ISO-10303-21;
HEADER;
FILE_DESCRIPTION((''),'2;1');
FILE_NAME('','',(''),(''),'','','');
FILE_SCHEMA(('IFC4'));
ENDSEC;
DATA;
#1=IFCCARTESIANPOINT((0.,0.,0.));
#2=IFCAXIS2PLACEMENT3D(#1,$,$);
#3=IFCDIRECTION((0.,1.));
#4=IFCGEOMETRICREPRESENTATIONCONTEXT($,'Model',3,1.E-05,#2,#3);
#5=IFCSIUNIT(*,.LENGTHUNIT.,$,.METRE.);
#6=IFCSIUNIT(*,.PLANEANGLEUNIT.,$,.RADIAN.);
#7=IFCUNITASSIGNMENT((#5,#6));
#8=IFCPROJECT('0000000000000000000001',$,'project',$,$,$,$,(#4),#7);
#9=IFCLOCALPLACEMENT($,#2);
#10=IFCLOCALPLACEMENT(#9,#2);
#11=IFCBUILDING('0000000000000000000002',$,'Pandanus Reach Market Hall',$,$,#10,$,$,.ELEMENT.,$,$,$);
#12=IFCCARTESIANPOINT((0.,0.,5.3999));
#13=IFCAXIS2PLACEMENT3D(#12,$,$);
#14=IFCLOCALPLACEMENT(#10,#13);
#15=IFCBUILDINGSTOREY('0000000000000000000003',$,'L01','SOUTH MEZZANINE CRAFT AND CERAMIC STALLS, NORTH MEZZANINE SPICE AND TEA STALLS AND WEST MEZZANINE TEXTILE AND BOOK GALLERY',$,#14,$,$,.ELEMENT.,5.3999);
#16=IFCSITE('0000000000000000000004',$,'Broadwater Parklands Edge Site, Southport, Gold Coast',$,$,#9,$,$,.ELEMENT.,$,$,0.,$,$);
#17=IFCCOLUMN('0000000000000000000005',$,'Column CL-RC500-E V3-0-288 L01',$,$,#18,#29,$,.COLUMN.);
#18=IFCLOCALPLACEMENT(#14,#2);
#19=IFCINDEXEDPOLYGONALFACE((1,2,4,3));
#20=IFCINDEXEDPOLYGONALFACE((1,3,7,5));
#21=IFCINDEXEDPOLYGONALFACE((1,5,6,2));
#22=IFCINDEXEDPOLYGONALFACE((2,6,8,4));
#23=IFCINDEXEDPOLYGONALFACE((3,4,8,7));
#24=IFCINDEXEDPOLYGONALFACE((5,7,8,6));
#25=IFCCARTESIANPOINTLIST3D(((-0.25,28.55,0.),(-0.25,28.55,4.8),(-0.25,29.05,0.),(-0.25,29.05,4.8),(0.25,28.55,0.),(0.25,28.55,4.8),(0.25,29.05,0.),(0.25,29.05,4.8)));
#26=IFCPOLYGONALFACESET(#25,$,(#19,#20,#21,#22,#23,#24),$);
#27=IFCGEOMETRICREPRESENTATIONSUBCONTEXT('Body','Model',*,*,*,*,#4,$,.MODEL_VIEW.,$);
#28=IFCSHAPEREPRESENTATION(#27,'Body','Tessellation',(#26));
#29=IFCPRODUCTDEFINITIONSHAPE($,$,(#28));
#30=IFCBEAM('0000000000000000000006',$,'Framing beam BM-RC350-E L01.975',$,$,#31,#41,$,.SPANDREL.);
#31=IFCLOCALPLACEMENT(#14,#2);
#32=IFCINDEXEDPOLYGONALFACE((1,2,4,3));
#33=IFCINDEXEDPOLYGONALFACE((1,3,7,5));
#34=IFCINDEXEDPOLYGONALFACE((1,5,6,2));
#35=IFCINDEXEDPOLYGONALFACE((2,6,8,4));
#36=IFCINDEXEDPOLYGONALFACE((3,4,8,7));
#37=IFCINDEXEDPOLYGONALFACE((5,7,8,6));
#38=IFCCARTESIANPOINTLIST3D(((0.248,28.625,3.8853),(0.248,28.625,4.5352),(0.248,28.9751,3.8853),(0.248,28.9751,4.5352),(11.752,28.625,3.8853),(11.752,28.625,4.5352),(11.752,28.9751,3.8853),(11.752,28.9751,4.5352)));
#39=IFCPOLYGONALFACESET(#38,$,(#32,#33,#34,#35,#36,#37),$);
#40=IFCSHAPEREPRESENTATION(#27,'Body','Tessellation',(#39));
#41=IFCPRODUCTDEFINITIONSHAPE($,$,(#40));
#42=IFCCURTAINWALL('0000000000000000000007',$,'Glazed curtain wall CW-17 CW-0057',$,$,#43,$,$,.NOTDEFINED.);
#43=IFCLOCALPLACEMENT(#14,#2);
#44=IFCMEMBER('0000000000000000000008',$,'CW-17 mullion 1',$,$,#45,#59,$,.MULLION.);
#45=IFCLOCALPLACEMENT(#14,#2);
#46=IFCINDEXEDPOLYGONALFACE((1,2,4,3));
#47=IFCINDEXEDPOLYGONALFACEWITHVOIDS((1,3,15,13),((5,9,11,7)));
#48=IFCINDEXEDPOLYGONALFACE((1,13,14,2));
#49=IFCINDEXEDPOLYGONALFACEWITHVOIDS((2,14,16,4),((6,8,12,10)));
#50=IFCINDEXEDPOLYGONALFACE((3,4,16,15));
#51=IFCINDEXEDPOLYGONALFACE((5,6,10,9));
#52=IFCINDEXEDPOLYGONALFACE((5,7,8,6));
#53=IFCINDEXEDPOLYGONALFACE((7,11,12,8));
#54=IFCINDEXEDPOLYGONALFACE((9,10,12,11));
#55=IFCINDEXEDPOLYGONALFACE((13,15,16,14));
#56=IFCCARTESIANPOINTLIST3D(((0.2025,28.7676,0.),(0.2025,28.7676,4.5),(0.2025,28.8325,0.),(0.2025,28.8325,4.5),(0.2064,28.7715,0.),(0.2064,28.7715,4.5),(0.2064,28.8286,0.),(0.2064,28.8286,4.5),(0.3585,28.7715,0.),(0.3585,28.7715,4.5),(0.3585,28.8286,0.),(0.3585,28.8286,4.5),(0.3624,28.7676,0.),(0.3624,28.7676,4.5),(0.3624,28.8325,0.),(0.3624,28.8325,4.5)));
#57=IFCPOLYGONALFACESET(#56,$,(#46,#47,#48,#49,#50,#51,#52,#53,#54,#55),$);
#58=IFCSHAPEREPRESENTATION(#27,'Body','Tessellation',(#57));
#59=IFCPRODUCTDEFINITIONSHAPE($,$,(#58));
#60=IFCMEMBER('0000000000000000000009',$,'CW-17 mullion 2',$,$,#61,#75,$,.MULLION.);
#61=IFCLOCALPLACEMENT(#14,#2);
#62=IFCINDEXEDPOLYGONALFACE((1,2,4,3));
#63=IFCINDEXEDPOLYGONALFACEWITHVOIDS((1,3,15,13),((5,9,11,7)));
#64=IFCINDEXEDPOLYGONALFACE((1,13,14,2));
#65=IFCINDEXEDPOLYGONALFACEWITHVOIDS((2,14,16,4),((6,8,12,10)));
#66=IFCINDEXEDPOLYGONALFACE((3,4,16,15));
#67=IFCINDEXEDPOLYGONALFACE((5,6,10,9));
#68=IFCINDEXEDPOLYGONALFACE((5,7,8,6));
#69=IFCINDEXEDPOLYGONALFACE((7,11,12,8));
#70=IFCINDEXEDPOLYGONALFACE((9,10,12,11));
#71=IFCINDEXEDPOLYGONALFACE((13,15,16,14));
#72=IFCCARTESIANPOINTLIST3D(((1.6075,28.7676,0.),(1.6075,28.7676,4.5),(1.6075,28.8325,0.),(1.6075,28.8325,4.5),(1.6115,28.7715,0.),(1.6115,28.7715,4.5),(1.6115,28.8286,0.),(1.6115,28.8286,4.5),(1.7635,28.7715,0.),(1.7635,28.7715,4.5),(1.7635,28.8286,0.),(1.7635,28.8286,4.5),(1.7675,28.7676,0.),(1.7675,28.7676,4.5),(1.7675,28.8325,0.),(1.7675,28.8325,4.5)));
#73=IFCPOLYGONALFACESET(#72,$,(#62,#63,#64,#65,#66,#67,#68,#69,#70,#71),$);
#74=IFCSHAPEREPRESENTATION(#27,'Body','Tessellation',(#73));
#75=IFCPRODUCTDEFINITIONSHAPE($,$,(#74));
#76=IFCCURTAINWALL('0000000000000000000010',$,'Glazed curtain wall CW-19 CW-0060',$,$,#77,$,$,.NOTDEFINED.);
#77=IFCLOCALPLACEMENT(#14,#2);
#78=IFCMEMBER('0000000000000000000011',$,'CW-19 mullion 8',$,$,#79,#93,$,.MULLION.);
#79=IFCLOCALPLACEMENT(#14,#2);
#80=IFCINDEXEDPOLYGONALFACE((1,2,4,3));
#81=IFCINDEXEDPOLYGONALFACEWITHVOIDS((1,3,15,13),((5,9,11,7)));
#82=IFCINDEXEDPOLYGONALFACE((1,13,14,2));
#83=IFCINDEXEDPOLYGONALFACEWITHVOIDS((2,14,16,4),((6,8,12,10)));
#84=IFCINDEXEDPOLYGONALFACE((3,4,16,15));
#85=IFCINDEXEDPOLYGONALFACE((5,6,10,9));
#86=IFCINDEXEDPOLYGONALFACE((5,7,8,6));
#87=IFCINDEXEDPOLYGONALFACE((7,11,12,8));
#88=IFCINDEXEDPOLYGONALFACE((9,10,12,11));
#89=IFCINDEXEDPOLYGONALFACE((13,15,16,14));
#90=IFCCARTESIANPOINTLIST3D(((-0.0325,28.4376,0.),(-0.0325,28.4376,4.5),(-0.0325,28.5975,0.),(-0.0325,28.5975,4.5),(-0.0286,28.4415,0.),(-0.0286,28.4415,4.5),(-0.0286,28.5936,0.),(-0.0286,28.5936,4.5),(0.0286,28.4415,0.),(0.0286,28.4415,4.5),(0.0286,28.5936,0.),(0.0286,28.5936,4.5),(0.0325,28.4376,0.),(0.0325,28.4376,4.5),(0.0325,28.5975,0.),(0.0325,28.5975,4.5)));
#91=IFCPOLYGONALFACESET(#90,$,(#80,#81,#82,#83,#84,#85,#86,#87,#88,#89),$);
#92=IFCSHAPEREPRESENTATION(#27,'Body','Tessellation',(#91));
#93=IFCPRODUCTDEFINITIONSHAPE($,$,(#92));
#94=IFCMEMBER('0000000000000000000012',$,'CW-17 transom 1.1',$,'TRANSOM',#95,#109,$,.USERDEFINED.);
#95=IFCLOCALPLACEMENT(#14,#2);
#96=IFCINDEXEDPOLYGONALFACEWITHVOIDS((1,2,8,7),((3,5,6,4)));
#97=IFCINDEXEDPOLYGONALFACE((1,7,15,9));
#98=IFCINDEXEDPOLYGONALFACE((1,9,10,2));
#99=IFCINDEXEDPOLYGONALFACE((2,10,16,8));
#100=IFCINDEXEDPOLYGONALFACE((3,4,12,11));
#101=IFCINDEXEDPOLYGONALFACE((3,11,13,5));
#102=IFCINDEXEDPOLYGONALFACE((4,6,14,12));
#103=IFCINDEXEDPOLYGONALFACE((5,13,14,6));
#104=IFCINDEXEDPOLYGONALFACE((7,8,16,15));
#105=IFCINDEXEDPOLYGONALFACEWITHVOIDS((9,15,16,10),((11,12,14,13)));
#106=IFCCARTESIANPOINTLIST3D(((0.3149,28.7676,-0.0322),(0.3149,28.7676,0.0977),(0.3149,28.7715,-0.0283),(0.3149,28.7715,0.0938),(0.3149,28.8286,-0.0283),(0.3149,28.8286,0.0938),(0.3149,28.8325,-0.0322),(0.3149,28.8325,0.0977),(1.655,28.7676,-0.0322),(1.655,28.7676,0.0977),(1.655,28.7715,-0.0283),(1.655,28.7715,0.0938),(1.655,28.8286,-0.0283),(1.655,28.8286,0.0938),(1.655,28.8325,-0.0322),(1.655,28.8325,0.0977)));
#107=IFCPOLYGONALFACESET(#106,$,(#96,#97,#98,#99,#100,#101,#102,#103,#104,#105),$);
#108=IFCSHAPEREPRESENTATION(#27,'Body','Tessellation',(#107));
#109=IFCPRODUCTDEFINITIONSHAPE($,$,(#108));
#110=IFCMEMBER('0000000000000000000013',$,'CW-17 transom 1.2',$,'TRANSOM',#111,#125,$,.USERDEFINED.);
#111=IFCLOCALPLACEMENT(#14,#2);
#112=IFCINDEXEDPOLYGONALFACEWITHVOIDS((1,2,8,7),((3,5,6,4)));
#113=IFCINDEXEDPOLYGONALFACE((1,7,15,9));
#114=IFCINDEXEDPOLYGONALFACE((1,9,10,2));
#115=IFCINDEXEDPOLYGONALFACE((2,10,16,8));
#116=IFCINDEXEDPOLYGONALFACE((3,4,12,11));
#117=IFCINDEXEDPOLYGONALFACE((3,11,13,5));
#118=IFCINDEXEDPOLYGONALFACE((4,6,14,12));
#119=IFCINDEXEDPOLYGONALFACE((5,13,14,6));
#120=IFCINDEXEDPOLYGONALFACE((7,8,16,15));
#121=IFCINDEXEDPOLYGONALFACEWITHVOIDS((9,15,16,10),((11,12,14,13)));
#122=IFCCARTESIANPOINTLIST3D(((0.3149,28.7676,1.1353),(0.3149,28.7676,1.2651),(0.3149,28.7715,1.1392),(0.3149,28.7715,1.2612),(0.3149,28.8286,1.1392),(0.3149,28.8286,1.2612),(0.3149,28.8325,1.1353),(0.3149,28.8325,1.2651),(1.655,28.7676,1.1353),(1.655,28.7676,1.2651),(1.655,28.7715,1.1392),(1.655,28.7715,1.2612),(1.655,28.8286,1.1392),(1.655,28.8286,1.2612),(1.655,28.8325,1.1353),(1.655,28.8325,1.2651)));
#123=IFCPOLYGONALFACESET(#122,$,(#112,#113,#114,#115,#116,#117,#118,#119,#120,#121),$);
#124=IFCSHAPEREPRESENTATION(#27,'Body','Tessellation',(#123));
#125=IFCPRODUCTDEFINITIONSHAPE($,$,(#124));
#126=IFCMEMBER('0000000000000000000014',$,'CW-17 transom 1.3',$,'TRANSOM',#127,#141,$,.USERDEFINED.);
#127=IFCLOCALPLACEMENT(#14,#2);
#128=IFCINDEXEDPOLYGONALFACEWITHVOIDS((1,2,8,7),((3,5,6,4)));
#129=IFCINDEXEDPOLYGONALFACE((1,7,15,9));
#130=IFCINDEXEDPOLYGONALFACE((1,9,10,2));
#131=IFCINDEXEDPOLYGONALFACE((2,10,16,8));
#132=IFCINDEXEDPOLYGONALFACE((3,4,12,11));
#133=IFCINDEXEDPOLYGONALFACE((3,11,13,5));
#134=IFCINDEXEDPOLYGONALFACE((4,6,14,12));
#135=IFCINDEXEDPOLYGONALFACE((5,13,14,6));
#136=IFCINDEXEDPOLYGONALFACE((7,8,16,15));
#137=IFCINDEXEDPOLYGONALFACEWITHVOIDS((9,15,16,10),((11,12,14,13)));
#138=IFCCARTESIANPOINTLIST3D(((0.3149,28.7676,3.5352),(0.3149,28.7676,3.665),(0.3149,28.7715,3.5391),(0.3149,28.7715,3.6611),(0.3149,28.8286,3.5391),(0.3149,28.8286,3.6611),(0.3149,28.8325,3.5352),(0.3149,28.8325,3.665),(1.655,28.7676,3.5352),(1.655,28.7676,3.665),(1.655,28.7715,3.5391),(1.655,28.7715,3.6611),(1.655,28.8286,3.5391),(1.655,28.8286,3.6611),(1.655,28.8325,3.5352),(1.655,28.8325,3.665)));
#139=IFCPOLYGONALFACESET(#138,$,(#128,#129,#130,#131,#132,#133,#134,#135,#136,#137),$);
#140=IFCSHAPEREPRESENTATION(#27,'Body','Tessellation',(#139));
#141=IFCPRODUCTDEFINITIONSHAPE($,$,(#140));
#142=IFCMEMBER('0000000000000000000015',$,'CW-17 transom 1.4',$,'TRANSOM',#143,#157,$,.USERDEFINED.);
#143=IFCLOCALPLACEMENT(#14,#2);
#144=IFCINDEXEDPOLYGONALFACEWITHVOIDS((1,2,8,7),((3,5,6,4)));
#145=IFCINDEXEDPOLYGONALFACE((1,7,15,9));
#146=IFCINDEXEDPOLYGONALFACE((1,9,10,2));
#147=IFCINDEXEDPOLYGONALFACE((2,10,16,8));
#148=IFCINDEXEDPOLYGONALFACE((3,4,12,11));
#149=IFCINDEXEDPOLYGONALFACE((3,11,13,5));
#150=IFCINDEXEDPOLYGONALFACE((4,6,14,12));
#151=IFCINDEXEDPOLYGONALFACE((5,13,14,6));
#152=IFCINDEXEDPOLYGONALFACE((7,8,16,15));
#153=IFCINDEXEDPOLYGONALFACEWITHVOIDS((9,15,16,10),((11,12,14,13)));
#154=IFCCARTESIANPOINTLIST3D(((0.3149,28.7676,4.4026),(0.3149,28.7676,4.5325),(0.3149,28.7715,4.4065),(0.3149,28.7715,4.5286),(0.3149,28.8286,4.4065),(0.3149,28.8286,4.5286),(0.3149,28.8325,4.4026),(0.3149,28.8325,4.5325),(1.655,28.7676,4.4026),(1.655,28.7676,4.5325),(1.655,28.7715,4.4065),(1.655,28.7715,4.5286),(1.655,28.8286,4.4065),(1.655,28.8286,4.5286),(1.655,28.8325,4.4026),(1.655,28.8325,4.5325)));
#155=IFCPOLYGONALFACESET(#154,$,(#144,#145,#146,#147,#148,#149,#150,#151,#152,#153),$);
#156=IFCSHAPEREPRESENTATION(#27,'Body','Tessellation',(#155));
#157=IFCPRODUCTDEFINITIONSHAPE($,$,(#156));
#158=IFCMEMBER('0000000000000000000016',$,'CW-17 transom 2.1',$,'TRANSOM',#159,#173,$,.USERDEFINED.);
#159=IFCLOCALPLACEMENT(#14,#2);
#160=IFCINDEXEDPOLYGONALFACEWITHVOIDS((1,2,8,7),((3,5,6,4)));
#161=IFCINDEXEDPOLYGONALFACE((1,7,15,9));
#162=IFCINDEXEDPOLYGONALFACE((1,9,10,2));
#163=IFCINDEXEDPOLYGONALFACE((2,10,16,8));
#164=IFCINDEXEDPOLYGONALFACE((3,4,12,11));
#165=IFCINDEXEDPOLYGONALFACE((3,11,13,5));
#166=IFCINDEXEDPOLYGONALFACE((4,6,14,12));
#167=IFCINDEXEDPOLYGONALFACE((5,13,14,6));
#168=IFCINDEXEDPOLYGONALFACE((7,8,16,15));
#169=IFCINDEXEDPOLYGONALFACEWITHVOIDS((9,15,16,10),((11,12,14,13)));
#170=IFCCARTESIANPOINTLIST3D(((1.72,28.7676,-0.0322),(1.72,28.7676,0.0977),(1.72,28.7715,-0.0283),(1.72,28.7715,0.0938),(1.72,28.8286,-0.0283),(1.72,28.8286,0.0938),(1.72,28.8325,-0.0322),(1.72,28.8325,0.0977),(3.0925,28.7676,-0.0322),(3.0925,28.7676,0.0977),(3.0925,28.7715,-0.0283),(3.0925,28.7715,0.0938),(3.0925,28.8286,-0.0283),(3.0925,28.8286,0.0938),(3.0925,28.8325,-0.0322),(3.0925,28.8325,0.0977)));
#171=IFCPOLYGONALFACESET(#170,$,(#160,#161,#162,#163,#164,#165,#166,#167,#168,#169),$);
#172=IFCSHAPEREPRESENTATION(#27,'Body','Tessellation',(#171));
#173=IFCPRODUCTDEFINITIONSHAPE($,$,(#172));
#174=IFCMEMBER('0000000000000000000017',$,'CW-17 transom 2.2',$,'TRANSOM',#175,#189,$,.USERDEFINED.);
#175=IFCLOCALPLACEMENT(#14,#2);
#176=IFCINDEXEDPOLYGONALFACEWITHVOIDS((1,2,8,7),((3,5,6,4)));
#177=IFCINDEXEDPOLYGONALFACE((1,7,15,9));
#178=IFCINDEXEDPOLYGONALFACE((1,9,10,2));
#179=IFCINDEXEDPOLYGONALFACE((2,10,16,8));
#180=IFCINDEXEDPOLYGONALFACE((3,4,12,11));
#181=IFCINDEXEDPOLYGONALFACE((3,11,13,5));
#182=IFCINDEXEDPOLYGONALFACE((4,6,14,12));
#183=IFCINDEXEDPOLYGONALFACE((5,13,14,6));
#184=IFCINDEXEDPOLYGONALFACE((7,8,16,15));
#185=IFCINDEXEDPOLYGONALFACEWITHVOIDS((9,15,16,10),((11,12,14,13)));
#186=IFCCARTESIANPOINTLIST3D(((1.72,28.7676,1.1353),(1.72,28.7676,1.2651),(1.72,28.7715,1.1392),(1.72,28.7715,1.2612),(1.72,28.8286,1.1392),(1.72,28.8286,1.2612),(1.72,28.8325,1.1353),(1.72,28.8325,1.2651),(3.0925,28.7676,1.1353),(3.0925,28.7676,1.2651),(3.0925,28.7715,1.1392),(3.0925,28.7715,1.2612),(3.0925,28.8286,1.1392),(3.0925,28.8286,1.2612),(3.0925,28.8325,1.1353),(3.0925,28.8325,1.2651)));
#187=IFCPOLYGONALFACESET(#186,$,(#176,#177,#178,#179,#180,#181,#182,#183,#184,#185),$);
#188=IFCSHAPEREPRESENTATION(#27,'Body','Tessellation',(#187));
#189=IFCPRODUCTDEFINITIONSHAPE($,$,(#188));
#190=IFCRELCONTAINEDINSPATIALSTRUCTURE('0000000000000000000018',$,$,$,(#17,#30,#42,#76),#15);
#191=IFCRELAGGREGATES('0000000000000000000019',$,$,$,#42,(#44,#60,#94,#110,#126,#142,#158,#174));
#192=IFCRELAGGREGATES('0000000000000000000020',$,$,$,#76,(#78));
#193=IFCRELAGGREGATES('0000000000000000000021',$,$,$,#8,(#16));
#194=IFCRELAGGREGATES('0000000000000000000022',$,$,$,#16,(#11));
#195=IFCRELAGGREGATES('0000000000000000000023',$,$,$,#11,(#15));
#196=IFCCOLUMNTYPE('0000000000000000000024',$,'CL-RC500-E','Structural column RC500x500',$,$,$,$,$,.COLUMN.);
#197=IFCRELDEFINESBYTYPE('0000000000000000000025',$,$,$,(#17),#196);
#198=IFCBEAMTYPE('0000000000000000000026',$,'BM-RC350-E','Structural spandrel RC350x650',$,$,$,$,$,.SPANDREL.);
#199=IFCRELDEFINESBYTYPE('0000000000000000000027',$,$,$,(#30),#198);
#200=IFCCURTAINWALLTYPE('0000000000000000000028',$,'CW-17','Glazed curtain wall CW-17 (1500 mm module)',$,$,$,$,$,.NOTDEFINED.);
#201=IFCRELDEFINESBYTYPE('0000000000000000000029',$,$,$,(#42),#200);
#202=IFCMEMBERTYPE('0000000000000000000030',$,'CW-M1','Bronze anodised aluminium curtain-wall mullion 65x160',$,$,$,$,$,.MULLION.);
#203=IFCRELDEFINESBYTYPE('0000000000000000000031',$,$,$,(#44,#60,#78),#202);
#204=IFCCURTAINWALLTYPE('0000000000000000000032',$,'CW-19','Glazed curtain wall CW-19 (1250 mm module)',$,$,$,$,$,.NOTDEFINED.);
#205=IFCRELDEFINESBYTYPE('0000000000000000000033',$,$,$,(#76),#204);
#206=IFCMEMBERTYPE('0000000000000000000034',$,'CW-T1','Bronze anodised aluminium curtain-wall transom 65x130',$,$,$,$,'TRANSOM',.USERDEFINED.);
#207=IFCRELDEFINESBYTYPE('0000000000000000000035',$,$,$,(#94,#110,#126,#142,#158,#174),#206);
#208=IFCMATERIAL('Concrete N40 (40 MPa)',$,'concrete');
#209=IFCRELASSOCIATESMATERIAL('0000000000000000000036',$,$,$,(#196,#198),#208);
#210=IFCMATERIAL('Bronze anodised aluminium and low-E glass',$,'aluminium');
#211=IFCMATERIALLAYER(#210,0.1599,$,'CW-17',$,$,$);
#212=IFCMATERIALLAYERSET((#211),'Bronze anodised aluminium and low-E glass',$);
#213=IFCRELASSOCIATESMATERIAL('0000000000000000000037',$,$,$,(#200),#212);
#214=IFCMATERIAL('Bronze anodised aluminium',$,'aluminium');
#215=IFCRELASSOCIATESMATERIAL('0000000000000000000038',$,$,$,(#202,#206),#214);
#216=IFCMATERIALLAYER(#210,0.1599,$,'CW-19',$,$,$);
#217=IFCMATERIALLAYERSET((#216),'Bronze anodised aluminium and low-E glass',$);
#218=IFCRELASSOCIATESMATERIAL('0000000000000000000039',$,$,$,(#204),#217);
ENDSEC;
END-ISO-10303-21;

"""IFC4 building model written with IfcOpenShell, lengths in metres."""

from ifc_helpers import new_model, si_unit, direction, frame, origin, origin_2d, place, context, subcontext, project, spatial, rectangle, hollow_rectangle, extrude, material, layer, layer_set, material_profile, profile_set, type_object, element, aggregate, save


model = new_model("IFC4")

# Units and contexts
model_context = context("Model", 3, precision=1e-05, world=origin(), true_north=direction((0.0, 1.0)))
body_context = subcontext(model_context, "Body", "Model", "MODEL_VIEW")
ifc_project = project(units=[si_unit("LENGTHUNIT", "METRE"), si_unit("PLANEANGLEUNIT", "RADIAN")], contexts=[model_context])

# Site, building, storey
site_placement = place(None, origin())
site = spatial("IfcSite", under=ifc_project, at=site_placement, Name="Broadwater Parklands Edge Site, Southport, Gold Coast", CompositionType="ELEMENT", RefElevation=0.0)
building_placement = place(site_placement, origin())
building = spatial("IfcBuilding", under=site, at=building_placement, Name="Pandanus Reach Market Hall", CompositionType="ELEMENT")
storey_placement = place(building_placement, frame((0.0, 0.0, 5.3999)))
storey = spatial("IfcBuildingStorey", under=building, at=storey_placement, Name="L01", Description="SOUTH MEZZANINE CRAFT AND CERAMIC STALLS, NORTH MEZZANINE SPICE AND TEA STALLS AND WEST MEZZANINE TEXTILE AND BOOK GALLERY", CompositionType="ELEMENT", Elevation=5.3999)

# Column
ifc_material_1 = material(Name="Concrete N40 (40 MPa)", Category="concrete")
ifc_material_profile_1 = material_profile(ifc_material_1, rectangle(XDim=0.5, YDim=0.5, at=origin_2d()), Name="RC500x500", Category="LoadBearing")
ifc_profile_set_1 = profile_set([ifc_material_profile_1], Name="Concrete N40 (40 MPa)")
column_type = type_object("IfcColumnType", Name="CL-RC500-E", Description="Structural column RC500x500", PredefinedType="COLUMN", material=ifc_profile_set_1)
column_placement = place(storey_placement, frame((0.0, 28.8, 0.0), z_axis=(0.0, 0.0, 1.0), x_axis=(1.0, 0.0, 0.0)))
element("IfcColumn", 1, at=column_placement, inside=storey, type_object=column_type, Name="Column CL-RC500-E V3-0-288 L01", PredefinedType="COLUMN", context=body_context, shape_type="SweptSolid", body=[
    extrude(rectangle(XDim=0.5, YDim=0.5, at=origin_2d()), origin(), (0.0, 0.0, 1.0), 4.8),
])

# Beam
ifc_material_profile_2 = material_profile(ifc_material_1, rectangle(XDim=0.3501, YDim=0.6499, at=origin_2d()), Name="RC350x650", Category="LoadBearing")
ifc_profile_set_2 = profile_set([ifc_material_profile_2], Name="Concrete N40 (40 MPa)")
beam_type = type_object("IfcBeamType", Name="BM-RC350-E", Description="Structural spandrel RC350x650", PredefinedType="SPANDREL", material=ifc_profile_set_2)
beam_placement = place(storey_placement, frame((0.248, 28.8, 4.2102), z_axis=(1.0, 0.0, 0.0), x_axis=(0.0, 1.0, 0.0)))
element("IfcBeam", 2, at=beam_placement, inside=storey, type_object=beam_type, Name="Framing beam BM-RC350-E L01.975", PredefinedType="SPANDREL", context=body_context, shape_type="SweptSolid", body=[
    extrude(rectangle(XDim=0.3501, YDim=0.6499, at=origin_2d()), origin(), (0.0, 0.0, 1.0), 11.5039),
])

# Curtain wall, members
ifc_material_2 = material(Name="Bronze anodised aluminium and low-E glass", Category="aluminium")
ifc_layer_1 = layer(ifc_material_2, 0.1599, Name="CW-17")
ifc_layer_set_1 = layer_set([ifc_layer_1], Name="Bronze anodised aluminium and low-E glass")
curtain_wall_type_1 = type_object("IfcCurtainWallType", Name="CW-17", Description="Glazed curtain wall CW-17 (1500 mm module)", PredefinedType="NOTDEFINED", material=ifc_layer_set_1)
curtain_wall_1_placement = place(storey_placement, origin())
curtain_wall_1 = element("IfcCurtainWall", 3, at=curtain_wall_1_placement, inside=storey, type_object=curtain_wall_type_1, Name="Glazed curtain wall CW-17 CW-0057", PredefinedType="NOTDEFINED")
ifc_material_3 = material(Name="Bronze anodised aluminium", Category="aluminium")
ifc_material_profile_3 = material_profile(ifc_material_3, hollow_rectangle(XDim=0.0649, YDim=0.1599, WallThickness=0.0039, at=origin_2d()), Name="ALU65x160", Category="LoadBearing")
ifc_profile_set_3 = profile_set([ifc_material_profile_3], Name="Bronze anodised aluminium")
member_type_1 = type_object("IfcMemberType", Name="CW-M1", Description="Bronze anodised aluminium curtain-wall mullion 65x160", PredefinedType="MULLION", material=ifc_profile_set_3)
member_1_placement = place(storey_placement, frame((0.2825, 28.8, 0.0), z_axis=(0.0, 0.0, 1.0), x_axis=(0.0, 1.0, 0.0)))
member_1 = element("IfcMember", 4, at=member_1_placement, type_object=member_type_1, Name="CW-17 mullion 1", PredefinedType="MULLION", context=body_context, shape_type="SweptSolid", body=[
    extrude(hollow_rectangle(XDim=0.0649, YDim=0.1599, WallThickness=0.0039, at=origin_2d()), origin(), (0.0, 0.0, 1.0), 4.5),
])
member_2_placement = place(storey_placement, frame((1.6875, 28.8, 0.0), z_axis=(0.0, 0.0, 1.0), x_axis=(0.0, 1.0, 0.0)))
member_2 = element("IfcMember", 5, at=member_2_placement, type_object=member_type_1, Name="CW-17 mullion 2", PredefinedType="MULLION", context=body_context, shape_type="SweptSolid", body=[
    extrude(hollow_rectangle(XDim=0.0649, YDim=0.1599, WallThickness=0.0039, at=origin_2d()), origin(), (0.0, 0.0, 1.0), 4.5),
])

# Curtain wall, member
ifc_layer_2 = layer(ifc_material_2, 0.1599, Name="CW-19")
ifc_layer_set_2 = layer_set([ifc_layer_2], Name="Bronze anodised aluminium and low-E glass")
curtain_wall_type_2 = type_object("IfcCurtainWallType", Name="CW-19", Description="Glazed curtain wall CW-19 (1250 mm module)", PredefinedType="NOTDEFINED", material=ifc_layer_set_2)
curtain_wall_2_placement = place(storey_placement, origin())
curtain_wall_2 = element("IfcCurtainWall", 6, at=curtain_wall_2_placement, inside=storey, type_object=curtain_wall_type_2, Name="Glazed curtain wall CW-19 CW-0060", PredefinedType="NOTDEFINED")
member_3_placement = place(storey_placement, frame((0.0, 28.5176, 0.0), z_axis=(0.0, 0.0, 1.0), x_axis=(-1.0, 0.0, 0.0)))
member_3 = element("IfcMember", 7, at=member_3_placement, type_object=member_type_1, Name="CW-19 mullion 8", PredefinedType="MULLION", context=body_context, shape_type="SweptSolid", body=[
    extrude(hollow_rectangle(XDim=0.0649, YDim=0.1599, WallThickness=0.0039, at=origin_2d()), origin(), (0.0, 0.0, 1.0), 4.5),
])

# Members
ifc_material_profile_4 = material_profile(ifc_material_3, hollow_rectangle(XDim=0.0649, YDim=0.1299, WallThickness=0.0039, at=origin_2d()), Name="ALU65x130", Category="LoadBearing")
ifc_profile_set_4 = profile_set([ifc_material_profile_4], Name="Bronze anodised aluminium")
member_type_2 = type_object("IfcMemberType", Name="CW-T1", Description="Bronze anodised aluminium curtain-wall transom 65x130", ElementType="TRANSOM", PredefinedType="USERDEFINED", material=ifc_profile_set_4)
member_4_placement = place(storey_placement, frame((0.3149, 28.8, 0.0327), z_axis=(1.0, 0.0, 0.0), x_axis=(0.0, 1.0, 0.0)))
member_4 = element("IfcMember", 8, at=member_4_placement, type_object=member_type_2, Name="CW-17 transom 1.1", ObjectType="TRANSOM", PredefinedType="USERDEFINED", context=body_context, shape_type="SweptSolid", body=[
    extrude(hollow_rectangle(XDim=0.0649, YDim=0.1299, WallThickness=0.0039, at=origin_2d()), origin(), (0.0, 0.0, 1.0), 1.3401),
])
member_5_placement = place(storey_placement, frame((0.3149, 28.8, 1.2002), z_axis=(1.0, 0.0, 0.0), x_axis=(0.0, 1.0, 0.0)))
member_5 = element("IfcMember", 9, at=member_5_placement, type_object=member_type_2, Name="CW-17 transom 1.2", ObjectType="TRANSOM", PredefinedType="USERDEFINED", context=body_context, shape_type="SweptSolid", body=[
    extrude(hollow_rectangle(XDim=0.0649, YDim=0.1299, WallThickness=0.0039, at=origin_2d()), origin(), (0.0, 0.0, 1.0), 1.3401),
])
member_6_placement = place(storey_placement, frame((0.3149, 28.8, 3.6001), z_axis=(1.0, 0.0, 0.0), x_axis=(0.0, 1.0, 0.0)))
member_6 = element("IfcMember", 10, at=member_6_placement, type_object=member_type_2, Name="CW-17 transom 1.3", ObjectType="TRANSOM", PredefinedType="USERDEFINED", context=body_context, shape_type="SweptSolid", body=[
    extrude(hollow_rectangle(XDim=0.0649, YDim=0.1299, WallThickness=0.0039, at=origin_2d()), origin(), (0.0, 0.0, 1.0), 1.3401),
])
member_7_placement = place(storey_placement, frame((0.3149, 28.8, 4.4675), z_axis=(1.0, 0.0, 0.0), x_axis=(0.0, 1.0, 0.0)))
member_7 = element("IfcMember", 11, at=member_7_placement, type_object=member_type_2, Name="CW-17 transom 1.4", ObjectType="TRANSOM", PredefinedType="USERDEFINED", context=body_context, shape_type="SweptSolid", body=[
    extrude(hollow_rectangle(XDim=0.0649, YDim=0.1299, WallThickness=0.0039, at=origin_2d()), origin(), (0.0, 0.0, 1.0), 1.3401),
])
member_8_placement = place(storey_placement, frame((1.72, 28.8, 0.0327), z_axis=(1.0, 0.0, 0.0), x_axis=(0.0, 1.0, 0.0)))
member_8 = element("IfcMember", 12, at=member_8_placement, type_object=member_type_2, Name="CW-17 transom 2.1", ObjectType="TRANSOM", PredefinedType="USERDEFINED", context=body_context, shape_type="SweptSolid", body=[
    extrude(hollow_rectangle(XDim=0.0649, YDim=0.1299, WallThickness=0.0039, at=origin_2d()), origin(), (0.0, 0.0, 1.0), 1.3726),
])
member_9_placement = place(storey_placement, frame((1.72, 28.8, 1.2002), z_axis=(1.0, 0.0, 0.0), x_axis=(0.0, 1.0, 0.0)))
member_9 = element("IfcMember", 13, at=member_9_placement, type_object=member_type_2, Name="CW-17 transom 2.2", ObjectType="TRANSOM", PredefinedType="USERDEFINED", context=body_context, shape_type="SweptSolid", body=[
    extrude(hollow_rectangle(XDim=0.0649, YDim=0.1299, WallThickness=0.0039, at=origin_2d()), origin(), (0.0, 0.0, 1.0), 1.3726),
])

aggregate(curtain_wall_1, [member_1, member_2, member_4, member_5, member_6, member_7, member_8, member_9])
aggregate(curtain_wall_2, [member_3])

save(model, "model.ifc")
